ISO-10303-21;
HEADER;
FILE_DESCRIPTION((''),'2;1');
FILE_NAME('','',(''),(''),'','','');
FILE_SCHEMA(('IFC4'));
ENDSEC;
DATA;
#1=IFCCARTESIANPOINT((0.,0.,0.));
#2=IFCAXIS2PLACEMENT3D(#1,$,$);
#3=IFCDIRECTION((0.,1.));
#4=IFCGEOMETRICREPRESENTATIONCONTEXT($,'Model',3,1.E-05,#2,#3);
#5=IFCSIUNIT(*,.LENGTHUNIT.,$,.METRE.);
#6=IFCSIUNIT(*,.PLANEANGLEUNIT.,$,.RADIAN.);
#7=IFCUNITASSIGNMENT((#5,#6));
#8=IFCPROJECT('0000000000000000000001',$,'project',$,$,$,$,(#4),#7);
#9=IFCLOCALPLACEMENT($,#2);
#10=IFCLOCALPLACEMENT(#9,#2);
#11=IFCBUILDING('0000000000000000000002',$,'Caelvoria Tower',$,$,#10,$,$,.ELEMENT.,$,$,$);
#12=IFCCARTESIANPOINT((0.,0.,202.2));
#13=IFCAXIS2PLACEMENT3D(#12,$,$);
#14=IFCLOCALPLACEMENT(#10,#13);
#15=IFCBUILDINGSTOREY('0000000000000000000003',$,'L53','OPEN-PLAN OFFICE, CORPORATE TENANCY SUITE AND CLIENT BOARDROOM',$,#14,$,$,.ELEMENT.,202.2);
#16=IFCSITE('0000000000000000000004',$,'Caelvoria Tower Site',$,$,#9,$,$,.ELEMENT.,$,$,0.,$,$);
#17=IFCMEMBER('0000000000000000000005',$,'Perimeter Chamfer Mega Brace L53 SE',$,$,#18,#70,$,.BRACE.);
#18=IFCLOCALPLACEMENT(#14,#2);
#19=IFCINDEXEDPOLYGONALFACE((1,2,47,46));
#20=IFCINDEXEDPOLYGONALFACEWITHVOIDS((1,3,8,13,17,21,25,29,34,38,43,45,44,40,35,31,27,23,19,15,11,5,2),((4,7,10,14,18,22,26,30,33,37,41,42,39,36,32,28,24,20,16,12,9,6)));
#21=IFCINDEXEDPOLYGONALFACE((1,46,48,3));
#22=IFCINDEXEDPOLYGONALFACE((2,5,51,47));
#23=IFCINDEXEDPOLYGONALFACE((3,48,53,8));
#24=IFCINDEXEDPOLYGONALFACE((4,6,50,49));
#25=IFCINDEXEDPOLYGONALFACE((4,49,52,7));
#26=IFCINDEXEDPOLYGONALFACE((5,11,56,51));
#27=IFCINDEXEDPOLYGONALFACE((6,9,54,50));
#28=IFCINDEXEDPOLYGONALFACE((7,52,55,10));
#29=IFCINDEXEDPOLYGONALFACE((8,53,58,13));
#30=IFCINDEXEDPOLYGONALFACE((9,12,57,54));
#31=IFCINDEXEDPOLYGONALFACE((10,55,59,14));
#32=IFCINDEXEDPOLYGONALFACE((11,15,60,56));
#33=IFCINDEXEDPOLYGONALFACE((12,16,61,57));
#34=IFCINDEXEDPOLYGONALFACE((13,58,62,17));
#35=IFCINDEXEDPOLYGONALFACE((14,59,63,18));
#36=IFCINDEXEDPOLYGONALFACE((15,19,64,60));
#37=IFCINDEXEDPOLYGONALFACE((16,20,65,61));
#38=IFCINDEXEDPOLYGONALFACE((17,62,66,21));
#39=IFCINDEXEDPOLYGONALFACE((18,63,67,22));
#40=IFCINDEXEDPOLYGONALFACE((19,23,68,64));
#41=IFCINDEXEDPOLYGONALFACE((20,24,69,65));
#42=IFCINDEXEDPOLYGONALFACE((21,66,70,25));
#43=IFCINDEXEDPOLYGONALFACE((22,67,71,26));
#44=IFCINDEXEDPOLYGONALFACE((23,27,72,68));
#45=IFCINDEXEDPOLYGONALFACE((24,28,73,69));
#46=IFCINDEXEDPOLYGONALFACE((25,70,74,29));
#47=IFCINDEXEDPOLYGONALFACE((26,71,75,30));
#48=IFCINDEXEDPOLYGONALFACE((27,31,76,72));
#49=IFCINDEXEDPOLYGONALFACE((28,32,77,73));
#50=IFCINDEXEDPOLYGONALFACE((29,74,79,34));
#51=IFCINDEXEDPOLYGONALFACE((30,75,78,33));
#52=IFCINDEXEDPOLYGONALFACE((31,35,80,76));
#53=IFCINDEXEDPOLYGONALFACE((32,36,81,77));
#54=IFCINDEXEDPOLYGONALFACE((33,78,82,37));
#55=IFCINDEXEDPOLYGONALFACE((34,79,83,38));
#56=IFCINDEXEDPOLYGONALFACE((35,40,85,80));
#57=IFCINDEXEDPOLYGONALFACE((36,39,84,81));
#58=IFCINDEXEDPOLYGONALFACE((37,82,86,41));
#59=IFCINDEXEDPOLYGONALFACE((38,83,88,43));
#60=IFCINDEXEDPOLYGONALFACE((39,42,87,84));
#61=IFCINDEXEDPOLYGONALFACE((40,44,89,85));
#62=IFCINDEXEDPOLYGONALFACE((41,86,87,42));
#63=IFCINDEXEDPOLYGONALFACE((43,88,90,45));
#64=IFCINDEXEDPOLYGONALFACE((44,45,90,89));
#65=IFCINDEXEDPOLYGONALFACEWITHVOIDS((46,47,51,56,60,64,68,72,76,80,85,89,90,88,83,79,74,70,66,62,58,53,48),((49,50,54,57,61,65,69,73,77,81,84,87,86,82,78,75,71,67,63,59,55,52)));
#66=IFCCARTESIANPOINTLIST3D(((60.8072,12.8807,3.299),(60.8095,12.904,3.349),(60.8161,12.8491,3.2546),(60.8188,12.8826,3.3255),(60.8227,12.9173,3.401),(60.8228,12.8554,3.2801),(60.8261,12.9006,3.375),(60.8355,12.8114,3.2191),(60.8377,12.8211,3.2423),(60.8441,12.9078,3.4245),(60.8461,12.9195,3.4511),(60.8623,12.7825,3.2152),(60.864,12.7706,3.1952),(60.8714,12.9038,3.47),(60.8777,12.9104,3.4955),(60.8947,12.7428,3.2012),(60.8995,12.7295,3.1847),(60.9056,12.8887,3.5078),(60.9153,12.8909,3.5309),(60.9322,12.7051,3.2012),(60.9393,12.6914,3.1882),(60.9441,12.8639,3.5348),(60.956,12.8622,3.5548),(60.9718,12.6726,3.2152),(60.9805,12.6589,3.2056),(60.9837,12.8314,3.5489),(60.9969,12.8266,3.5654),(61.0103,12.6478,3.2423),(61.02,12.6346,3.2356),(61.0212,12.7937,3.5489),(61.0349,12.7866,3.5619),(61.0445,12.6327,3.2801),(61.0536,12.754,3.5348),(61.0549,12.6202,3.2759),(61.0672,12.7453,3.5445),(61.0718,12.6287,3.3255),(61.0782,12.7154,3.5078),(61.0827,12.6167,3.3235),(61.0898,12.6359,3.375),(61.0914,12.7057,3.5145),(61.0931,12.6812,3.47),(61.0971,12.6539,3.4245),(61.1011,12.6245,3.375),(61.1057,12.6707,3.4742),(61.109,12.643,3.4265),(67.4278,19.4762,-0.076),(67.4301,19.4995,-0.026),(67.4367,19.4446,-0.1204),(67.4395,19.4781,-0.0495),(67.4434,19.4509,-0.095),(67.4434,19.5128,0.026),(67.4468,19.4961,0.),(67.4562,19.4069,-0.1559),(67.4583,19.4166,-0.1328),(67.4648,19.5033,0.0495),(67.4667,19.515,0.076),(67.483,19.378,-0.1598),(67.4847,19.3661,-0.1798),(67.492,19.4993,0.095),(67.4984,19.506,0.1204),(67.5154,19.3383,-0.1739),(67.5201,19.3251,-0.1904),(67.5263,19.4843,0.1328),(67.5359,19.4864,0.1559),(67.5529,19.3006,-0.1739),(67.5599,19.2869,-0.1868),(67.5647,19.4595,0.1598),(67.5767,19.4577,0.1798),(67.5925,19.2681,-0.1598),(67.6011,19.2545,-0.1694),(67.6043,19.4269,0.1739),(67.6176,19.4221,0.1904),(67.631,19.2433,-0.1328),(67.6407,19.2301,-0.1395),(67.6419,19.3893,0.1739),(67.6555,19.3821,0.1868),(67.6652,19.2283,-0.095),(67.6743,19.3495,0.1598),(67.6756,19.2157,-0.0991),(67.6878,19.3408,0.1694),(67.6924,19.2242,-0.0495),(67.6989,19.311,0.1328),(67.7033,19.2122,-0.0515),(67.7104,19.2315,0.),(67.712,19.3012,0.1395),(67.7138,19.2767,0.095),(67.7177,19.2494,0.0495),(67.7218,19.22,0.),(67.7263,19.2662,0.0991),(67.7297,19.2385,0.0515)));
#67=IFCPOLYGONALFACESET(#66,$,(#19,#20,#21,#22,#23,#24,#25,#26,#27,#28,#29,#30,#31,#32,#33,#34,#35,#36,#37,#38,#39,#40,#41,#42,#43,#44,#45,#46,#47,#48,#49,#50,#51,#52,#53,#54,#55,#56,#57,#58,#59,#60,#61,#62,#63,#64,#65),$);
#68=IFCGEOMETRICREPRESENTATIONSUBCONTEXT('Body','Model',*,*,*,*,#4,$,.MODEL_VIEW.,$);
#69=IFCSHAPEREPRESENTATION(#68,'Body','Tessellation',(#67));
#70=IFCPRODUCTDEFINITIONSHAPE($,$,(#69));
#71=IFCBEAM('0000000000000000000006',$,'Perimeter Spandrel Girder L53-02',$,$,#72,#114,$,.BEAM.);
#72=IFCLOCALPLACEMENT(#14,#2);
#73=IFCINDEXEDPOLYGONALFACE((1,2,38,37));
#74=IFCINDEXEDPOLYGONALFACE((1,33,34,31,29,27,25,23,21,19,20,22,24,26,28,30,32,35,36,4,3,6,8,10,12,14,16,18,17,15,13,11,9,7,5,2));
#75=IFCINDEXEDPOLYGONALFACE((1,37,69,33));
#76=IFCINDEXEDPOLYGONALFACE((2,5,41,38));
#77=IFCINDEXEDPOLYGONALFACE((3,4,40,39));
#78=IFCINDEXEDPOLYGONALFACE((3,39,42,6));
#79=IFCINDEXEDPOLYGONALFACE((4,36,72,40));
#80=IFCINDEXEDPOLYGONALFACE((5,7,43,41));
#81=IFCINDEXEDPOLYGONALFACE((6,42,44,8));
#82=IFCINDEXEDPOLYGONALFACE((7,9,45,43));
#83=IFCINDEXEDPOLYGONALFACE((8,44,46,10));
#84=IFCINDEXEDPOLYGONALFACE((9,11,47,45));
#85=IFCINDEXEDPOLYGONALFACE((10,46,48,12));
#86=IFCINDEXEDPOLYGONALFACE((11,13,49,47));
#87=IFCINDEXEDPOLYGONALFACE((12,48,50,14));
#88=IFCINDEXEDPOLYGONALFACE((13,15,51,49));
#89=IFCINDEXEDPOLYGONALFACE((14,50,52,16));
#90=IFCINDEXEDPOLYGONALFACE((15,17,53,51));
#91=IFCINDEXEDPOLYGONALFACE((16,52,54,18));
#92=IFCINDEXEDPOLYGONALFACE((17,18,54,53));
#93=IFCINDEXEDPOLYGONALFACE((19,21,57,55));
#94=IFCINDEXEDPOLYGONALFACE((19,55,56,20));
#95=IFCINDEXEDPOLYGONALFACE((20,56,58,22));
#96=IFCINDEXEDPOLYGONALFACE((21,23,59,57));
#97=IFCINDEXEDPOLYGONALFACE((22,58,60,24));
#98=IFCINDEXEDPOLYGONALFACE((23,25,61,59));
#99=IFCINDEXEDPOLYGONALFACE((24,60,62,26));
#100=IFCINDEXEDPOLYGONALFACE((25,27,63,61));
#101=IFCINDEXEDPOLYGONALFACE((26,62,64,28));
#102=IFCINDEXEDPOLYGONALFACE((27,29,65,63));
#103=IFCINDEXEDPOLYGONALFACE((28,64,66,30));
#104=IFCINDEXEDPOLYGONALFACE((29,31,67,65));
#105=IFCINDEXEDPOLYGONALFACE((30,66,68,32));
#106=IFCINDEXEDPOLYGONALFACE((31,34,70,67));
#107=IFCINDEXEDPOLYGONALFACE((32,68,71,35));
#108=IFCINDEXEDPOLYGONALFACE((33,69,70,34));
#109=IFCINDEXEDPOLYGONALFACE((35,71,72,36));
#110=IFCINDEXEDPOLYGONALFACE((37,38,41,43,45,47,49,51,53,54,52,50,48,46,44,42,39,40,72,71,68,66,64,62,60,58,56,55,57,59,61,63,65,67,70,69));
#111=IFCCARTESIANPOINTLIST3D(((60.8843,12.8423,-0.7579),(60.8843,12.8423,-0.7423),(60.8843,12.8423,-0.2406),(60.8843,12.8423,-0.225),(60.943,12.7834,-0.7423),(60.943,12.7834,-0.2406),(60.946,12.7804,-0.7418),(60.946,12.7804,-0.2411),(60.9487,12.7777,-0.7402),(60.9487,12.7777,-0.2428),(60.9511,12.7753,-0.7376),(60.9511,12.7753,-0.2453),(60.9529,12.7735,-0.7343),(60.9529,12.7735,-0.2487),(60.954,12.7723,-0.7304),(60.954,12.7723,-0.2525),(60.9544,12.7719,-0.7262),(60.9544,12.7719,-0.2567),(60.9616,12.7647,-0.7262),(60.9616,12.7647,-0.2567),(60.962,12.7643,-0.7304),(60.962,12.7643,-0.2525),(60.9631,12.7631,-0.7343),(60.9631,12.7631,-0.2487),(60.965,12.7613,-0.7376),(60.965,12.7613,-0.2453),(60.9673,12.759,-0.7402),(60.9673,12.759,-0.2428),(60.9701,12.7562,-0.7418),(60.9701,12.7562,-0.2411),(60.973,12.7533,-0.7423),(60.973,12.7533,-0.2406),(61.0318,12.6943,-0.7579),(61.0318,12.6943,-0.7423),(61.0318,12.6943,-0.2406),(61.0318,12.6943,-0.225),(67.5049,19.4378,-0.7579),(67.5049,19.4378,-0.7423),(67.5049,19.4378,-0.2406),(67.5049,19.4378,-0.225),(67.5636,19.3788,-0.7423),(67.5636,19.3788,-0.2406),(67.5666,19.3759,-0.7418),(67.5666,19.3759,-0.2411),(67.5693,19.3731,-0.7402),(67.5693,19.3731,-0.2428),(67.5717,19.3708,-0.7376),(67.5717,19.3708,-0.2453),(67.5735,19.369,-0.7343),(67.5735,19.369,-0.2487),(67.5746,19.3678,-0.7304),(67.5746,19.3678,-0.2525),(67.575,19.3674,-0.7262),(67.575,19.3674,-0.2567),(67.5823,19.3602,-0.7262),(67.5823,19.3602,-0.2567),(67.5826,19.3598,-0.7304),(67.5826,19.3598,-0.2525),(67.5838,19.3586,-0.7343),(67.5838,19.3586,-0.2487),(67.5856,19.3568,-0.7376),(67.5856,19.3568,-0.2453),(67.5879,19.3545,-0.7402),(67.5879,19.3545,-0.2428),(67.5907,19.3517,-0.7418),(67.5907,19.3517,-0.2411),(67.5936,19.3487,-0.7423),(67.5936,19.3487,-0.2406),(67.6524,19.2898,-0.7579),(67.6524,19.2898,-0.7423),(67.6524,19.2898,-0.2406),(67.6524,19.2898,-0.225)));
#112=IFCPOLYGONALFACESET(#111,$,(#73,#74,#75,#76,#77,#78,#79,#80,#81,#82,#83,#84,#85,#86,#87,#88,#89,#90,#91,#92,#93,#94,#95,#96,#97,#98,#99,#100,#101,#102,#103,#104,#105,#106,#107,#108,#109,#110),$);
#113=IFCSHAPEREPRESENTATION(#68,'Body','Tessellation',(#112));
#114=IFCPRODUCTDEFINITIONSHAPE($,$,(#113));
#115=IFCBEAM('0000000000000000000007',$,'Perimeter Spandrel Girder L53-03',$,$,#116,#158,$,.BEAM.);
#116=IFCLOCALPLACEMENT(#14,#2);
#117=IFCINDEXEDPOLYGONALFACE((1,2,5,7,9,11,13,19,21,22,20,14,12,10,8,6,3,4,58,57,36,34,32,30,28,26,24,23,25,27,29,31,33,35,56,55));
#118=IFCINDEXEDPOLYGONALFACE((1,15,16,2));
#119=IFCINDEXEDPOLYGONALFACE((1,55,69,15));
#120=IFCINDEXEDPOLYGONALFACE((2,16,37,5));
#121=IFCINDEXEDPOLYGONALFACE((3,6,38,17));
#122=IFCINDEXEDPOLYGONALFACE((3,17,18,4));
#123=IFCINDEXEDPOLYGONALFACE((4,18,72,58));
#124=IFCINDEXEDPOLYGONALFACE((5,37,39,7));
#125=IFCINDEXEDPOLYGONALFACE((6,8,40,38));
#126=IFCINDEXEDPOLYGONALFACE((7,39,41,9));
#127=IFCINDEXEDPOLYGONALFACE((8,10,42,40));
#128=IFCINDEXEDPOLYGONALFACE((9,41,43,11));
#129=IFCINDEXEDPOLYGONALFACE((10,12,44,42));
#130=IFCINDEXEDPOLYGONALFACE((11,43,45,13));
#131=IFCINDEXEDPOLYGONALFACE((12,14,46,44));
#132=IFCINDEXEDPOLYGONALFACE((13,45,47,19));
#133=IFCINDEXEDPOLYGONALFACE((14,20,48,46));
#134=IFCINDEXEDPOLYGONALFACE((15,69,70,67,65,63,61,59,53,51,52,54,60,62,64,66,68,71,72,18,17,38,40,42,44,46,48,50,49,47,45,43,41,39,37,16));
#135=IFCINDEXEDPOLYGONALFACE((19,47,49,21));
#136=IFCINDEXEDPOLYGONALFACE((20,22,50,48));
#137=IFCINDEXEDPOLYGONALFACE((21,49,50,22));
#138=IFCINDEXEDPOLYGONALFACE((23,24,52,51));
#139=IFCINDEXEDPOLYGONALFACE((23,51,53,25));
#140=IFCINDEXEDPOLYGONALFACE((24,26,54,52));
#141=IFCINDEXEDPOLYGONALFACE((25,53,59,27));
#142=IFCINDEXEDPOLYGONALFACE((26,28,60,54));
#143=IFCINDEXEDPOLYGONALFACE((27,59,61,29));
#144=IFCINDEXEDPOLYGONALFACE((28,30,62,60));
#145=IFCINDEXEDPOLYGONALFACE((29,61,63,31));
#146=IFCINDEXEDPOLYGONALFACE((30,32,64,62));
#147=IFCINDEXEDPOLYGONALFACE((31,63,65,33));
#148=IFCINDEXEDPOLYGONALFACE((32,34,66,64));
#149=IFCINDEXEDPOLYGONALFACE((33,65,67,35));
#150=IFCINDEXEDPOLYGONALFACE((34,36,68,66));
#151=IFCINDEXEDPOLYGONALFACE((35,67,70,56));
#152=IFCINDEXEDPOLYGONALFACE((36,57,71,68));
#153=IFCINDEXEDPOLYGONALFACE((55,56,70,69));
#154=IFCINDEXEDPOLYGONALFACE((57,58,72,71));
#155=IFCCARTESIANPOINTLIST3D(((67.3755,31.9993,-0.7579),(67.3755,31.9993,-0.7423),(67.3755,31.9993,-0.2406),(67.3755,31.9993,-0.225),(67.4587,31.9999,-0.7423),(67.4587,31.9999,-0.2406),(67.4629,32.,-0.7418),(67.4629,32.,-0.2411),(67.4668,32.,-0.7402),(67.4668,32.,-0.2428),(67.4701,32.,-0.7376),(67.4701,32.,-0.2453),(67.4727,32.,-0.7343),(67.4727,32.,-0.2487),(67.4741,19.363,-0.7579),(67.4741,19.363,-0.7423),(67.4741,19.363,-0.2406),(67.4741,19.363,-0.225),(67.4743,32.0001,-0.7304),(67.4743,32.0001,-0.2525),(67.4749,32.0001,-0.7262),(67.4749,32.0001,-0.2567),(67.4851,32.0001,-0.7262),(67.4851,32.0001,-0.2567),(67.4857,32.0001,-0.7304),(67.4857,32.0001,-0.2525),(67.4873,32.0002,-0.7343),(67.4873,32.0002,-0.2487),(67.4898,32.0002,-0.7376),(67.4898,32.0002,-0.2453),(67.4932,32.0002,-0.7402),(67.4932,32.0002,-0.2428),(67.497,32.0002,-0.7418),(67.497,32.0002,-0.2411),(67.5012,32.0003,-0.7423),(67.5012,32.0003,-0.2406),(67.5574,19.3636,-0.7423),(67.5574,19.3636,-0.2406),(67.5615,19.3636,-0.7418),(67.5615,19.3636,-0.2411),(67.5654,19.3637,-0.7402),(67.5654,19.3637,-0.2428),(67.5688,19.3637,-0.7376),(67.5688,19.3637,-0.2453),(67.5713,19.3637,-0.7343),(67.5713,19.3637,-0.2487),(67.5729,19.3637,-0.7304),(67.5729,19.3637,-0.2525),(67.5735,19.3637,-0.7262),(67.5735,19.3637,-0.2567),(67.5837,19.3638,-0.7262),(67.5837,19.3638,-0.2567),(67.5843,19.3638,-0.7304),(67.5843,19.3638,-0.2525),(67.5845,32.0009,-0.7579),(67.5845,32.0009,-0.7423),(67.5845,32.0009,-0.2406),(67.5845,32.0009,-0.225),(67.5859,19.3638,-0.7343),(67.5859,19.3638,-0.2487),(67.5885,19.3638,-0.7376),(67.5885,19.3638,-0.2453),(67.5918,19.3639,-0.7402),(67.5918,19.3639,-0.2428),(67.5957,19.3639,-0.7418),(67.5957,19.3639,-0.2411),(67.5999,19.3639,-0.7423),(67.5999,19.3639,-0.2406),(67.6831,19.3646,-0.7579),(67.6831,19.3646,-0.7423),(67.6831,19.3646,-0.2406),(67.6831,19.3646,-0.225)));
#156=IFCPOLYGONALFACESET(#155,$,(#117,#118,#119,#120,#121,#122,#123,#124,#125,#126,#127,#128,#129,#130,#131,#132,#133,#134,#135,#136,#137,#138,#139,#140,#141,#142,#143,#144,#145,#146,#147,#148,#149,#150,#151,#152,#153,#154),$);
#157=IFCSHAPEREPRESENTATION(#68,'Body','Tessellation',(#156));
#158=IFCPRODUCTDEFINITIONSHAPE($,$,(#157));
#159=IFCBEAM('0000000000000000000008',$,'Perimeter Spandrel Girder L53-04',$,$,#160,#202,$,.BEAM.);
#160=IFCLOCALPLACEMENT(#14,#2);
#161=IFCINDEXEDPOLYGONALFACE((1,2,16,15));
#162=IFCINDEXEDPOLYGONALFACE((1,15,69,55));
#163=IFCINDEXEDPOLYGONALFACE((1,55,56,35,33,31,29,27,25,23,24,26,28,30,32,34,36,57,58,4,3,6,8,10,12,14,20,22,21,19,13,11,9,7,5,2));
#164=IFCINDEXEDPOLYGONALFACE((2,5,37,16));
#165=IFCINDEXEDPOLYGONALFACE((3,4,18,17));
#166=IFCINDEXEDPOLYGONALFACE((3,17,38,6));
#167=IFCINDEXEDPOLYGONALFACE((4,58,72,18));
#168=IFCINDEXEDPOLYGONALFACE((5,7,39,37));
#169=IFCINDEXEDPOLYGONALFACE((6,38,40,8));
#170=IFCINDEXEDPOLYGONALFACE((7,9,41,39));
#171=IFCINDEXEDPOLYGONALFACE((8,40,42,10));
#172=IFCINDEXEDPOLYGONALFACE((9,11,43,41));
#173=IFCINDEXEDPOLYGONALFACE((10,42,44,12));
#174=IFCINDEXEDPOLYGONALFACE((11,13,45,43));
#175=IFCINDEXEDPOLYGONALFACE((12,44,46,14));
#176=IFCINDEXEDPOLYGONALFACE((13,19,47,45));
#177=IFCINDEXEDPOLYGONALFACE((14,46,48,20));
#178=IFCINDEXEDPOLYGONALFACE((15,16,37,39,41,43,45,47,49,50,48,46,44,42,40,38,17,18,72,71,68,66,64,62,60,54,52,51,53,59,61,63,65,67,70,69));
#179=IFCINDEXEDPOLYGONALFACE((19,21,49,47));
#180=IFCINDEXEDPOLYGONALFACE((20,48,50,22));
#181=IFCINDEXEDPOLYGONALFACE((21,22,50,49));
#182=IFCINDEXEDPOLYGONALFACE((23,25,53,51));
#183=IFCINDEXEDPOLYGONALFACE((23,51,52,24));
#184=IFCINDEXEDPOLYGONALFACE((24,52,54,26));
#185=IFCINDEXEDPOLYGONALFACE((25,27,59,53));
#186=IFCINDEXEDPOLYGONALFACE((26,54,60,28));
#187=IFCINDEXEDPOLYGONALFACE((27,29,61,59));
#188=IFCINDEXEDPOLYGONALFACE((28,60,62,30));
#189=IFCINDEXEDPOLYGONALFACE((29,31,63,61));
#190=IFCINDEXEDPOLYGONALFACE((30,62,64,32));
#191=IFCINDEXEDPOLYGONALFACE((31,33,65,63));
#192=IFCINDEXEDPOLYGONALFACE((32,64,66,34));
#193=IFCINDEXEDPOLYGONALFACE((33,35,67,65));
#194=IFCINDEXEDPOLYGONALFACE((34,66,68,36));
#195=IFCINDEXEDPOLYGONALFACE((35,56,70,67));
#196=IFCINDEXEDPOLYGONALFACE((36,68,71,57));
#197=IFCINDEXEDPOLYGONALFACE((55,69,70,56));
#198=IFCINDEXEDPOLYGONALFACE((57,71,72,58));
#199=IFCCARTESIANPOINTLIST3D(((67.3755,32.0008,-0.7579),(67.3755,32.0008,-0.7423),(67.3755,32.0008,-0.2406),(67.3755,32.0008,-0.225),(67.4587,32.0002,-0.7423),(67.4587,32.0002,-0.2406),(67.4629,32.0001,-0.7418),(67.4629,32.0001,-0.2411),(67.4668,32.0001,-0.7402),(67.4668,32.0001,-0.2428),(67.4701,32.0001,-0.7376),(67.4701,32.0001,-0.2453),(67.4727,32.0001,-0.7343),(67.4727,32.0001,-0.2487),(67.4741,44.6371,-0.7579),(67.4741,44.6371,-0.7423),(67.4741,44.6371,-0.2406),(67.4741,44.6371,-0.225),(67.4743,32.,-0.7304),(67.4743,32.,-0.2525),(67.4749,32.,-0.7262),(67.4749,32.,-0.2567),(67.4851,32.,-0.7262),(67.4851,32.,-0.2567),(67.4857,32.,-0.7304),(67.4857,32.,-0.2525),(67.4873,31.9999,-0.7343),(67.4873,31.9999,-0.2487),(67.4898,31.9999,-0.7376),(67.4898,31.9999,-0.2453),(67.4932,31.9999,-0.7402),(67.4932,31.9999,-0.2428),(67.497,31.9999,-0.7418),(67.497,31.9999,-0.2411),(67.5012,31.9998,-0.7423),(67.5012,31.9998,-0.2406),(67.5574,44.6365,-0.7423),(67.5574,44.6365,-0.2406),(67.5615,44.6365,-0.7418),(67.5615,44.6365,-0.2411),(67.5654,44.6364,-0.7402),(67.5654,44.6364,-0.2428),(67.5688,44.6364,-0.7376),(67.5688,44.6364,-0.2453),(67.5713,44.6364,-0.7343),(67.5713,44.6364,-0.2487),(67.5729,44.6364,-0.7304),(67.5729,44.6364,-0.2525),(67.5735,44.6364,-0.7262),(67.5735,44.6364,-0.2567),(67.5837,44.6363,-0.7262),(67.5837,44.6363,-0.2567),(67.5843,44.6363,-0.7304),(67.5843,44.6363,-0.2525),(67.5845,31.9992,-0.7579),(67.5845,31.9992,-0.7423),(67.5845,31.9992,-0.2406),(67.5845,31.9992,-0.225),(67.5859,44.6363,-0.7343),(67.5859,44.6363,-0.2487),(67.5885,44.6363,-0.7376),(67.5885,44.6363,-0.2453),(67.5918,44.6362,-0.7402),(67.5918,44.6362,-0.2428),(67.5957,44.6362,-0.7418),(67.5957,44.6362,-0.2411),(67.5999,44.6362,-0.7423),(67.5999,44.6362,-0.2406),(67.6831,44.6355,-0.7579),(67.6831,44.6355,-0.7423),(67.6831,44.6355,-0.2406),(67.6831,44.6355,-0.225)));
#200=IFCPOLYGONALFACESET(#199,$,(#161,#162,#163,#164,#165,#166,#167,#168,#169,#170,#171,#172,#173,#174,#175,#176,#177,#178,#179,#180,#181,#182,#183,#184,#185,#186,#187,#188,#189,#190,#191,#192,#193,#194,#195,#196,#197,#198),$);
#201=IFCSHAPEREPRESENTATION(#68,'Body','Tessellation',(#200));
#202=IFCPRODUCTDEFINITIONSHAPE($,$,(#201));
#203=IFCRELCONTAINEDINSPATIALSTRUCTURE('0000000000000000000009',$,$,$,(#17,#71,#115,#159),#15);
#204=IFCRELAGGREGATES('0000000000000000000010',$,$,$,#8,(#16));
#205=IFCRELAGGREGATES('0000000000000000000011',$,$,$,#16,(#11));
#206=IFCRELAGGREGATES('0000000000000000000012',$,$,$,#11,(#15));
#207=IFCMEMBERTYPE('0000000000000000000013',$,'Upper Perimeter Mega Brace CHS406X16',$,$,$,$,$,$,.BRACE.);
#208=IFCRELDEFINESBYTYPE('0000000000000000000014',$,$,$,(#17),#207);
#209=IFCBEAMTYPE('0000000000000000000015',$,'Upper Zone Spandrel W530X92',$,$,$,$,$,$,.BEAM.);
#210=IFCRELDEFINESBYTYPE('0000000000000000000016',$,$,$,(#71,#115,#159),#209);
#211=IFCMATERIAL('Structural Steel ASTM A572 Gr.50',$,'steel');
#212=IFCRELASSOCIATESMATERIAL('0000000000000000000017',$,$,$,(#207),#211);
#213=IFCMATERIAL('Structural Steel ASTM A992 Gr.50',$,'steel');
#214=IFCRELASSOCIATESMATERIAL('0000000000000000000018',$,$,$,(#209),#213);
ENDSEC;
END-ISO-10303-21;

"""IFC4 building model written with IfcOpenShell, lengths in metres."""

from ifc_helpers import new_model, si_unit, direction, frame, origin, origin_2d, place, context, subcontext, project, spatial, hollow_circle, i_section, extrude, material, material_profile, profile_set, type_object, element, save


model = new_model("IFC4")

# Units and contexts
model_context = context("Model", 3, precision=1e-05, world=origin(), true_north=direction((0.0, 1.0)))
body_context = subcontext(model_context, "Body", "Model", "MODEL_VIEW")
ifc_project = project(units=[si_unit("LENGTHUNIT", "METRE"), si_unit("PLANEANGLEUNIT", "RADIAN")], contexts=[model_context])

# Site, building, storey
site_placement = place(None, origin())
site = spatial("IfcSite", under=ifc_project, at=site_placement, Name="Caelvoria Tower Site", CompositionType="ELEMENT", RefElevation=0.0)
building_placement = place(site_placement, origin())
building = spatial("IfcBuilding", under=site, at=building_placement, Name="Caelvoria Tower", CompositionType="ELEMENT")
storey_placement = place(building_placement, frame((0.0, 0.0, 202.2)))
storey = spatial("IfcBuildingStorey", under=building, at=storey_placement, Name="L53", Description="OPEN-PLAN OFFICE, CORPORATE TENANCY SUITE AND CLIENT BOARDROOM", CompositionType="ELEMENT", Elevation=202.2)

# Shared definitions
ifc_material_1 = material(Name="Structural Steel ASTM A572 Gr.50", Category="steel")
ifc_material_2 = material(Name="Structural Steel ASTM A992 Gr.50", Category="steel")

# Member
ifc_material_profile_1 = material_profile(ifc_material_1, hollow_circle(Radius=0.2029, WallThickness=0.0161, at=origin_2d()), Name="Structural Steel ASTM A572 Gr.50")
ifc_profile_set_1 = profile_set([ifc_material_profile_1], Name="CHS406X16 - Structural Steel ASTM A572 Gr.50")
member_type = type_object("IfcMemberType", Name="Upper Perimeter Mega Brace CHS406X16", PredefinedType="BRACE", material=ifc_profile_set_1)
member_placement = place(storey_placement, frame((67.5786, 19.3638, 0.0), z_axis=(-0.666328, -0.663797, 0.339676), x_axis=(0.70576, -0.708451, 0.0)))
element("IfcMember", 1, at=member_placement, inside=storey, type_object=member_type, Name="Perimeter Chamfer Mega Brace L53 SE", PredefinedType="BRACE", context=body_context, shape_type="SweptSolid", body=[
    extrude(hollow_circle(Radius=0.2029, WallThickness=0.0161, at=origin_2d()), origin(), (0.0, 0.0, 1.0), 9.936),
])

# Beams
ifc_material_profile_2 = material_profile(ifc_material_2, i_section(OverallWidth=0.209, OverallDepth=0.533, WebThickness=0.0103, FlangeThickness=0.0156, FilletRadius=0.0161, at=origin_2d()), Name="Structural Steel ASTM A992 Gr.50")
ifc_profile_set_2 = profile_set([ifc_material_profile_2], Name="W530X92 - Structural Steel ASTM A992 Gr.50")
beam_type_1 = type_object("IfcBeamType", Name="Upper Zone Spandrel W530X92", PredefinedType="BEAM", material=ifc_profile_set_2)
beam_1_placement = place(storey_placement, frame((60.958, 12.7683, -0.4915), z_axis=(0.708451, 0.70576, 0.0), x_axis=(-0.70576, 0.708451, 0.0)))
element("IfcBeam", 2, at=beam_1_placement, inside=storey, type_object=beam_type_1, Name="Perimeter Spandrel Girder L53-02", PredefinedType="BEAM", context=body_context, shape_type="SweptSolid", body=[
    extrude(i_section(OverallWidth=0.209, OverallDepth=0.533, WebThickness=0.0103, FlangeThickness=0.0156, FilletRadius=0.0161, at=origin_2d()), origin(), (0.0, 0.0, 1.0), 9.3452),
])
for number, where, z_axis, x_axis, name in (
    (3, (67.5786, 19.3638, -0.4915), (-0.007805, 0.99997, 0.0), (-0.99997, -0.007805, 0.0), "Perimeter Spandrel Girder L53-03"),
    (4, (67.48, 32.0, -0.4915), (0.007805, 0.99997, 0.0), (-0.99997, 0.007805, 0.0), "Perimeter Spandrel Girder L53-04"),
):
    element("IfcBeam", number, at=place(storey_placement, frame(where, z_axis=z_axis, x_axis=x_axis)), inside=storey, type_object=beam_type_1, Name=name, PredefinedType="BEAM", context=body_context, shape_type="SweptSolid", body=[
        extrude(i_section(OverallWidth=0.209, OverallDepth=0.533, WebThickness=0.0103, FlangeThickness=0.0156, FilletRadius=0.0161, at=origin_2d()), origin(), (0.0, 0.0, 1.0), 12.6367),
    ])

save(model, "model.ifc")
